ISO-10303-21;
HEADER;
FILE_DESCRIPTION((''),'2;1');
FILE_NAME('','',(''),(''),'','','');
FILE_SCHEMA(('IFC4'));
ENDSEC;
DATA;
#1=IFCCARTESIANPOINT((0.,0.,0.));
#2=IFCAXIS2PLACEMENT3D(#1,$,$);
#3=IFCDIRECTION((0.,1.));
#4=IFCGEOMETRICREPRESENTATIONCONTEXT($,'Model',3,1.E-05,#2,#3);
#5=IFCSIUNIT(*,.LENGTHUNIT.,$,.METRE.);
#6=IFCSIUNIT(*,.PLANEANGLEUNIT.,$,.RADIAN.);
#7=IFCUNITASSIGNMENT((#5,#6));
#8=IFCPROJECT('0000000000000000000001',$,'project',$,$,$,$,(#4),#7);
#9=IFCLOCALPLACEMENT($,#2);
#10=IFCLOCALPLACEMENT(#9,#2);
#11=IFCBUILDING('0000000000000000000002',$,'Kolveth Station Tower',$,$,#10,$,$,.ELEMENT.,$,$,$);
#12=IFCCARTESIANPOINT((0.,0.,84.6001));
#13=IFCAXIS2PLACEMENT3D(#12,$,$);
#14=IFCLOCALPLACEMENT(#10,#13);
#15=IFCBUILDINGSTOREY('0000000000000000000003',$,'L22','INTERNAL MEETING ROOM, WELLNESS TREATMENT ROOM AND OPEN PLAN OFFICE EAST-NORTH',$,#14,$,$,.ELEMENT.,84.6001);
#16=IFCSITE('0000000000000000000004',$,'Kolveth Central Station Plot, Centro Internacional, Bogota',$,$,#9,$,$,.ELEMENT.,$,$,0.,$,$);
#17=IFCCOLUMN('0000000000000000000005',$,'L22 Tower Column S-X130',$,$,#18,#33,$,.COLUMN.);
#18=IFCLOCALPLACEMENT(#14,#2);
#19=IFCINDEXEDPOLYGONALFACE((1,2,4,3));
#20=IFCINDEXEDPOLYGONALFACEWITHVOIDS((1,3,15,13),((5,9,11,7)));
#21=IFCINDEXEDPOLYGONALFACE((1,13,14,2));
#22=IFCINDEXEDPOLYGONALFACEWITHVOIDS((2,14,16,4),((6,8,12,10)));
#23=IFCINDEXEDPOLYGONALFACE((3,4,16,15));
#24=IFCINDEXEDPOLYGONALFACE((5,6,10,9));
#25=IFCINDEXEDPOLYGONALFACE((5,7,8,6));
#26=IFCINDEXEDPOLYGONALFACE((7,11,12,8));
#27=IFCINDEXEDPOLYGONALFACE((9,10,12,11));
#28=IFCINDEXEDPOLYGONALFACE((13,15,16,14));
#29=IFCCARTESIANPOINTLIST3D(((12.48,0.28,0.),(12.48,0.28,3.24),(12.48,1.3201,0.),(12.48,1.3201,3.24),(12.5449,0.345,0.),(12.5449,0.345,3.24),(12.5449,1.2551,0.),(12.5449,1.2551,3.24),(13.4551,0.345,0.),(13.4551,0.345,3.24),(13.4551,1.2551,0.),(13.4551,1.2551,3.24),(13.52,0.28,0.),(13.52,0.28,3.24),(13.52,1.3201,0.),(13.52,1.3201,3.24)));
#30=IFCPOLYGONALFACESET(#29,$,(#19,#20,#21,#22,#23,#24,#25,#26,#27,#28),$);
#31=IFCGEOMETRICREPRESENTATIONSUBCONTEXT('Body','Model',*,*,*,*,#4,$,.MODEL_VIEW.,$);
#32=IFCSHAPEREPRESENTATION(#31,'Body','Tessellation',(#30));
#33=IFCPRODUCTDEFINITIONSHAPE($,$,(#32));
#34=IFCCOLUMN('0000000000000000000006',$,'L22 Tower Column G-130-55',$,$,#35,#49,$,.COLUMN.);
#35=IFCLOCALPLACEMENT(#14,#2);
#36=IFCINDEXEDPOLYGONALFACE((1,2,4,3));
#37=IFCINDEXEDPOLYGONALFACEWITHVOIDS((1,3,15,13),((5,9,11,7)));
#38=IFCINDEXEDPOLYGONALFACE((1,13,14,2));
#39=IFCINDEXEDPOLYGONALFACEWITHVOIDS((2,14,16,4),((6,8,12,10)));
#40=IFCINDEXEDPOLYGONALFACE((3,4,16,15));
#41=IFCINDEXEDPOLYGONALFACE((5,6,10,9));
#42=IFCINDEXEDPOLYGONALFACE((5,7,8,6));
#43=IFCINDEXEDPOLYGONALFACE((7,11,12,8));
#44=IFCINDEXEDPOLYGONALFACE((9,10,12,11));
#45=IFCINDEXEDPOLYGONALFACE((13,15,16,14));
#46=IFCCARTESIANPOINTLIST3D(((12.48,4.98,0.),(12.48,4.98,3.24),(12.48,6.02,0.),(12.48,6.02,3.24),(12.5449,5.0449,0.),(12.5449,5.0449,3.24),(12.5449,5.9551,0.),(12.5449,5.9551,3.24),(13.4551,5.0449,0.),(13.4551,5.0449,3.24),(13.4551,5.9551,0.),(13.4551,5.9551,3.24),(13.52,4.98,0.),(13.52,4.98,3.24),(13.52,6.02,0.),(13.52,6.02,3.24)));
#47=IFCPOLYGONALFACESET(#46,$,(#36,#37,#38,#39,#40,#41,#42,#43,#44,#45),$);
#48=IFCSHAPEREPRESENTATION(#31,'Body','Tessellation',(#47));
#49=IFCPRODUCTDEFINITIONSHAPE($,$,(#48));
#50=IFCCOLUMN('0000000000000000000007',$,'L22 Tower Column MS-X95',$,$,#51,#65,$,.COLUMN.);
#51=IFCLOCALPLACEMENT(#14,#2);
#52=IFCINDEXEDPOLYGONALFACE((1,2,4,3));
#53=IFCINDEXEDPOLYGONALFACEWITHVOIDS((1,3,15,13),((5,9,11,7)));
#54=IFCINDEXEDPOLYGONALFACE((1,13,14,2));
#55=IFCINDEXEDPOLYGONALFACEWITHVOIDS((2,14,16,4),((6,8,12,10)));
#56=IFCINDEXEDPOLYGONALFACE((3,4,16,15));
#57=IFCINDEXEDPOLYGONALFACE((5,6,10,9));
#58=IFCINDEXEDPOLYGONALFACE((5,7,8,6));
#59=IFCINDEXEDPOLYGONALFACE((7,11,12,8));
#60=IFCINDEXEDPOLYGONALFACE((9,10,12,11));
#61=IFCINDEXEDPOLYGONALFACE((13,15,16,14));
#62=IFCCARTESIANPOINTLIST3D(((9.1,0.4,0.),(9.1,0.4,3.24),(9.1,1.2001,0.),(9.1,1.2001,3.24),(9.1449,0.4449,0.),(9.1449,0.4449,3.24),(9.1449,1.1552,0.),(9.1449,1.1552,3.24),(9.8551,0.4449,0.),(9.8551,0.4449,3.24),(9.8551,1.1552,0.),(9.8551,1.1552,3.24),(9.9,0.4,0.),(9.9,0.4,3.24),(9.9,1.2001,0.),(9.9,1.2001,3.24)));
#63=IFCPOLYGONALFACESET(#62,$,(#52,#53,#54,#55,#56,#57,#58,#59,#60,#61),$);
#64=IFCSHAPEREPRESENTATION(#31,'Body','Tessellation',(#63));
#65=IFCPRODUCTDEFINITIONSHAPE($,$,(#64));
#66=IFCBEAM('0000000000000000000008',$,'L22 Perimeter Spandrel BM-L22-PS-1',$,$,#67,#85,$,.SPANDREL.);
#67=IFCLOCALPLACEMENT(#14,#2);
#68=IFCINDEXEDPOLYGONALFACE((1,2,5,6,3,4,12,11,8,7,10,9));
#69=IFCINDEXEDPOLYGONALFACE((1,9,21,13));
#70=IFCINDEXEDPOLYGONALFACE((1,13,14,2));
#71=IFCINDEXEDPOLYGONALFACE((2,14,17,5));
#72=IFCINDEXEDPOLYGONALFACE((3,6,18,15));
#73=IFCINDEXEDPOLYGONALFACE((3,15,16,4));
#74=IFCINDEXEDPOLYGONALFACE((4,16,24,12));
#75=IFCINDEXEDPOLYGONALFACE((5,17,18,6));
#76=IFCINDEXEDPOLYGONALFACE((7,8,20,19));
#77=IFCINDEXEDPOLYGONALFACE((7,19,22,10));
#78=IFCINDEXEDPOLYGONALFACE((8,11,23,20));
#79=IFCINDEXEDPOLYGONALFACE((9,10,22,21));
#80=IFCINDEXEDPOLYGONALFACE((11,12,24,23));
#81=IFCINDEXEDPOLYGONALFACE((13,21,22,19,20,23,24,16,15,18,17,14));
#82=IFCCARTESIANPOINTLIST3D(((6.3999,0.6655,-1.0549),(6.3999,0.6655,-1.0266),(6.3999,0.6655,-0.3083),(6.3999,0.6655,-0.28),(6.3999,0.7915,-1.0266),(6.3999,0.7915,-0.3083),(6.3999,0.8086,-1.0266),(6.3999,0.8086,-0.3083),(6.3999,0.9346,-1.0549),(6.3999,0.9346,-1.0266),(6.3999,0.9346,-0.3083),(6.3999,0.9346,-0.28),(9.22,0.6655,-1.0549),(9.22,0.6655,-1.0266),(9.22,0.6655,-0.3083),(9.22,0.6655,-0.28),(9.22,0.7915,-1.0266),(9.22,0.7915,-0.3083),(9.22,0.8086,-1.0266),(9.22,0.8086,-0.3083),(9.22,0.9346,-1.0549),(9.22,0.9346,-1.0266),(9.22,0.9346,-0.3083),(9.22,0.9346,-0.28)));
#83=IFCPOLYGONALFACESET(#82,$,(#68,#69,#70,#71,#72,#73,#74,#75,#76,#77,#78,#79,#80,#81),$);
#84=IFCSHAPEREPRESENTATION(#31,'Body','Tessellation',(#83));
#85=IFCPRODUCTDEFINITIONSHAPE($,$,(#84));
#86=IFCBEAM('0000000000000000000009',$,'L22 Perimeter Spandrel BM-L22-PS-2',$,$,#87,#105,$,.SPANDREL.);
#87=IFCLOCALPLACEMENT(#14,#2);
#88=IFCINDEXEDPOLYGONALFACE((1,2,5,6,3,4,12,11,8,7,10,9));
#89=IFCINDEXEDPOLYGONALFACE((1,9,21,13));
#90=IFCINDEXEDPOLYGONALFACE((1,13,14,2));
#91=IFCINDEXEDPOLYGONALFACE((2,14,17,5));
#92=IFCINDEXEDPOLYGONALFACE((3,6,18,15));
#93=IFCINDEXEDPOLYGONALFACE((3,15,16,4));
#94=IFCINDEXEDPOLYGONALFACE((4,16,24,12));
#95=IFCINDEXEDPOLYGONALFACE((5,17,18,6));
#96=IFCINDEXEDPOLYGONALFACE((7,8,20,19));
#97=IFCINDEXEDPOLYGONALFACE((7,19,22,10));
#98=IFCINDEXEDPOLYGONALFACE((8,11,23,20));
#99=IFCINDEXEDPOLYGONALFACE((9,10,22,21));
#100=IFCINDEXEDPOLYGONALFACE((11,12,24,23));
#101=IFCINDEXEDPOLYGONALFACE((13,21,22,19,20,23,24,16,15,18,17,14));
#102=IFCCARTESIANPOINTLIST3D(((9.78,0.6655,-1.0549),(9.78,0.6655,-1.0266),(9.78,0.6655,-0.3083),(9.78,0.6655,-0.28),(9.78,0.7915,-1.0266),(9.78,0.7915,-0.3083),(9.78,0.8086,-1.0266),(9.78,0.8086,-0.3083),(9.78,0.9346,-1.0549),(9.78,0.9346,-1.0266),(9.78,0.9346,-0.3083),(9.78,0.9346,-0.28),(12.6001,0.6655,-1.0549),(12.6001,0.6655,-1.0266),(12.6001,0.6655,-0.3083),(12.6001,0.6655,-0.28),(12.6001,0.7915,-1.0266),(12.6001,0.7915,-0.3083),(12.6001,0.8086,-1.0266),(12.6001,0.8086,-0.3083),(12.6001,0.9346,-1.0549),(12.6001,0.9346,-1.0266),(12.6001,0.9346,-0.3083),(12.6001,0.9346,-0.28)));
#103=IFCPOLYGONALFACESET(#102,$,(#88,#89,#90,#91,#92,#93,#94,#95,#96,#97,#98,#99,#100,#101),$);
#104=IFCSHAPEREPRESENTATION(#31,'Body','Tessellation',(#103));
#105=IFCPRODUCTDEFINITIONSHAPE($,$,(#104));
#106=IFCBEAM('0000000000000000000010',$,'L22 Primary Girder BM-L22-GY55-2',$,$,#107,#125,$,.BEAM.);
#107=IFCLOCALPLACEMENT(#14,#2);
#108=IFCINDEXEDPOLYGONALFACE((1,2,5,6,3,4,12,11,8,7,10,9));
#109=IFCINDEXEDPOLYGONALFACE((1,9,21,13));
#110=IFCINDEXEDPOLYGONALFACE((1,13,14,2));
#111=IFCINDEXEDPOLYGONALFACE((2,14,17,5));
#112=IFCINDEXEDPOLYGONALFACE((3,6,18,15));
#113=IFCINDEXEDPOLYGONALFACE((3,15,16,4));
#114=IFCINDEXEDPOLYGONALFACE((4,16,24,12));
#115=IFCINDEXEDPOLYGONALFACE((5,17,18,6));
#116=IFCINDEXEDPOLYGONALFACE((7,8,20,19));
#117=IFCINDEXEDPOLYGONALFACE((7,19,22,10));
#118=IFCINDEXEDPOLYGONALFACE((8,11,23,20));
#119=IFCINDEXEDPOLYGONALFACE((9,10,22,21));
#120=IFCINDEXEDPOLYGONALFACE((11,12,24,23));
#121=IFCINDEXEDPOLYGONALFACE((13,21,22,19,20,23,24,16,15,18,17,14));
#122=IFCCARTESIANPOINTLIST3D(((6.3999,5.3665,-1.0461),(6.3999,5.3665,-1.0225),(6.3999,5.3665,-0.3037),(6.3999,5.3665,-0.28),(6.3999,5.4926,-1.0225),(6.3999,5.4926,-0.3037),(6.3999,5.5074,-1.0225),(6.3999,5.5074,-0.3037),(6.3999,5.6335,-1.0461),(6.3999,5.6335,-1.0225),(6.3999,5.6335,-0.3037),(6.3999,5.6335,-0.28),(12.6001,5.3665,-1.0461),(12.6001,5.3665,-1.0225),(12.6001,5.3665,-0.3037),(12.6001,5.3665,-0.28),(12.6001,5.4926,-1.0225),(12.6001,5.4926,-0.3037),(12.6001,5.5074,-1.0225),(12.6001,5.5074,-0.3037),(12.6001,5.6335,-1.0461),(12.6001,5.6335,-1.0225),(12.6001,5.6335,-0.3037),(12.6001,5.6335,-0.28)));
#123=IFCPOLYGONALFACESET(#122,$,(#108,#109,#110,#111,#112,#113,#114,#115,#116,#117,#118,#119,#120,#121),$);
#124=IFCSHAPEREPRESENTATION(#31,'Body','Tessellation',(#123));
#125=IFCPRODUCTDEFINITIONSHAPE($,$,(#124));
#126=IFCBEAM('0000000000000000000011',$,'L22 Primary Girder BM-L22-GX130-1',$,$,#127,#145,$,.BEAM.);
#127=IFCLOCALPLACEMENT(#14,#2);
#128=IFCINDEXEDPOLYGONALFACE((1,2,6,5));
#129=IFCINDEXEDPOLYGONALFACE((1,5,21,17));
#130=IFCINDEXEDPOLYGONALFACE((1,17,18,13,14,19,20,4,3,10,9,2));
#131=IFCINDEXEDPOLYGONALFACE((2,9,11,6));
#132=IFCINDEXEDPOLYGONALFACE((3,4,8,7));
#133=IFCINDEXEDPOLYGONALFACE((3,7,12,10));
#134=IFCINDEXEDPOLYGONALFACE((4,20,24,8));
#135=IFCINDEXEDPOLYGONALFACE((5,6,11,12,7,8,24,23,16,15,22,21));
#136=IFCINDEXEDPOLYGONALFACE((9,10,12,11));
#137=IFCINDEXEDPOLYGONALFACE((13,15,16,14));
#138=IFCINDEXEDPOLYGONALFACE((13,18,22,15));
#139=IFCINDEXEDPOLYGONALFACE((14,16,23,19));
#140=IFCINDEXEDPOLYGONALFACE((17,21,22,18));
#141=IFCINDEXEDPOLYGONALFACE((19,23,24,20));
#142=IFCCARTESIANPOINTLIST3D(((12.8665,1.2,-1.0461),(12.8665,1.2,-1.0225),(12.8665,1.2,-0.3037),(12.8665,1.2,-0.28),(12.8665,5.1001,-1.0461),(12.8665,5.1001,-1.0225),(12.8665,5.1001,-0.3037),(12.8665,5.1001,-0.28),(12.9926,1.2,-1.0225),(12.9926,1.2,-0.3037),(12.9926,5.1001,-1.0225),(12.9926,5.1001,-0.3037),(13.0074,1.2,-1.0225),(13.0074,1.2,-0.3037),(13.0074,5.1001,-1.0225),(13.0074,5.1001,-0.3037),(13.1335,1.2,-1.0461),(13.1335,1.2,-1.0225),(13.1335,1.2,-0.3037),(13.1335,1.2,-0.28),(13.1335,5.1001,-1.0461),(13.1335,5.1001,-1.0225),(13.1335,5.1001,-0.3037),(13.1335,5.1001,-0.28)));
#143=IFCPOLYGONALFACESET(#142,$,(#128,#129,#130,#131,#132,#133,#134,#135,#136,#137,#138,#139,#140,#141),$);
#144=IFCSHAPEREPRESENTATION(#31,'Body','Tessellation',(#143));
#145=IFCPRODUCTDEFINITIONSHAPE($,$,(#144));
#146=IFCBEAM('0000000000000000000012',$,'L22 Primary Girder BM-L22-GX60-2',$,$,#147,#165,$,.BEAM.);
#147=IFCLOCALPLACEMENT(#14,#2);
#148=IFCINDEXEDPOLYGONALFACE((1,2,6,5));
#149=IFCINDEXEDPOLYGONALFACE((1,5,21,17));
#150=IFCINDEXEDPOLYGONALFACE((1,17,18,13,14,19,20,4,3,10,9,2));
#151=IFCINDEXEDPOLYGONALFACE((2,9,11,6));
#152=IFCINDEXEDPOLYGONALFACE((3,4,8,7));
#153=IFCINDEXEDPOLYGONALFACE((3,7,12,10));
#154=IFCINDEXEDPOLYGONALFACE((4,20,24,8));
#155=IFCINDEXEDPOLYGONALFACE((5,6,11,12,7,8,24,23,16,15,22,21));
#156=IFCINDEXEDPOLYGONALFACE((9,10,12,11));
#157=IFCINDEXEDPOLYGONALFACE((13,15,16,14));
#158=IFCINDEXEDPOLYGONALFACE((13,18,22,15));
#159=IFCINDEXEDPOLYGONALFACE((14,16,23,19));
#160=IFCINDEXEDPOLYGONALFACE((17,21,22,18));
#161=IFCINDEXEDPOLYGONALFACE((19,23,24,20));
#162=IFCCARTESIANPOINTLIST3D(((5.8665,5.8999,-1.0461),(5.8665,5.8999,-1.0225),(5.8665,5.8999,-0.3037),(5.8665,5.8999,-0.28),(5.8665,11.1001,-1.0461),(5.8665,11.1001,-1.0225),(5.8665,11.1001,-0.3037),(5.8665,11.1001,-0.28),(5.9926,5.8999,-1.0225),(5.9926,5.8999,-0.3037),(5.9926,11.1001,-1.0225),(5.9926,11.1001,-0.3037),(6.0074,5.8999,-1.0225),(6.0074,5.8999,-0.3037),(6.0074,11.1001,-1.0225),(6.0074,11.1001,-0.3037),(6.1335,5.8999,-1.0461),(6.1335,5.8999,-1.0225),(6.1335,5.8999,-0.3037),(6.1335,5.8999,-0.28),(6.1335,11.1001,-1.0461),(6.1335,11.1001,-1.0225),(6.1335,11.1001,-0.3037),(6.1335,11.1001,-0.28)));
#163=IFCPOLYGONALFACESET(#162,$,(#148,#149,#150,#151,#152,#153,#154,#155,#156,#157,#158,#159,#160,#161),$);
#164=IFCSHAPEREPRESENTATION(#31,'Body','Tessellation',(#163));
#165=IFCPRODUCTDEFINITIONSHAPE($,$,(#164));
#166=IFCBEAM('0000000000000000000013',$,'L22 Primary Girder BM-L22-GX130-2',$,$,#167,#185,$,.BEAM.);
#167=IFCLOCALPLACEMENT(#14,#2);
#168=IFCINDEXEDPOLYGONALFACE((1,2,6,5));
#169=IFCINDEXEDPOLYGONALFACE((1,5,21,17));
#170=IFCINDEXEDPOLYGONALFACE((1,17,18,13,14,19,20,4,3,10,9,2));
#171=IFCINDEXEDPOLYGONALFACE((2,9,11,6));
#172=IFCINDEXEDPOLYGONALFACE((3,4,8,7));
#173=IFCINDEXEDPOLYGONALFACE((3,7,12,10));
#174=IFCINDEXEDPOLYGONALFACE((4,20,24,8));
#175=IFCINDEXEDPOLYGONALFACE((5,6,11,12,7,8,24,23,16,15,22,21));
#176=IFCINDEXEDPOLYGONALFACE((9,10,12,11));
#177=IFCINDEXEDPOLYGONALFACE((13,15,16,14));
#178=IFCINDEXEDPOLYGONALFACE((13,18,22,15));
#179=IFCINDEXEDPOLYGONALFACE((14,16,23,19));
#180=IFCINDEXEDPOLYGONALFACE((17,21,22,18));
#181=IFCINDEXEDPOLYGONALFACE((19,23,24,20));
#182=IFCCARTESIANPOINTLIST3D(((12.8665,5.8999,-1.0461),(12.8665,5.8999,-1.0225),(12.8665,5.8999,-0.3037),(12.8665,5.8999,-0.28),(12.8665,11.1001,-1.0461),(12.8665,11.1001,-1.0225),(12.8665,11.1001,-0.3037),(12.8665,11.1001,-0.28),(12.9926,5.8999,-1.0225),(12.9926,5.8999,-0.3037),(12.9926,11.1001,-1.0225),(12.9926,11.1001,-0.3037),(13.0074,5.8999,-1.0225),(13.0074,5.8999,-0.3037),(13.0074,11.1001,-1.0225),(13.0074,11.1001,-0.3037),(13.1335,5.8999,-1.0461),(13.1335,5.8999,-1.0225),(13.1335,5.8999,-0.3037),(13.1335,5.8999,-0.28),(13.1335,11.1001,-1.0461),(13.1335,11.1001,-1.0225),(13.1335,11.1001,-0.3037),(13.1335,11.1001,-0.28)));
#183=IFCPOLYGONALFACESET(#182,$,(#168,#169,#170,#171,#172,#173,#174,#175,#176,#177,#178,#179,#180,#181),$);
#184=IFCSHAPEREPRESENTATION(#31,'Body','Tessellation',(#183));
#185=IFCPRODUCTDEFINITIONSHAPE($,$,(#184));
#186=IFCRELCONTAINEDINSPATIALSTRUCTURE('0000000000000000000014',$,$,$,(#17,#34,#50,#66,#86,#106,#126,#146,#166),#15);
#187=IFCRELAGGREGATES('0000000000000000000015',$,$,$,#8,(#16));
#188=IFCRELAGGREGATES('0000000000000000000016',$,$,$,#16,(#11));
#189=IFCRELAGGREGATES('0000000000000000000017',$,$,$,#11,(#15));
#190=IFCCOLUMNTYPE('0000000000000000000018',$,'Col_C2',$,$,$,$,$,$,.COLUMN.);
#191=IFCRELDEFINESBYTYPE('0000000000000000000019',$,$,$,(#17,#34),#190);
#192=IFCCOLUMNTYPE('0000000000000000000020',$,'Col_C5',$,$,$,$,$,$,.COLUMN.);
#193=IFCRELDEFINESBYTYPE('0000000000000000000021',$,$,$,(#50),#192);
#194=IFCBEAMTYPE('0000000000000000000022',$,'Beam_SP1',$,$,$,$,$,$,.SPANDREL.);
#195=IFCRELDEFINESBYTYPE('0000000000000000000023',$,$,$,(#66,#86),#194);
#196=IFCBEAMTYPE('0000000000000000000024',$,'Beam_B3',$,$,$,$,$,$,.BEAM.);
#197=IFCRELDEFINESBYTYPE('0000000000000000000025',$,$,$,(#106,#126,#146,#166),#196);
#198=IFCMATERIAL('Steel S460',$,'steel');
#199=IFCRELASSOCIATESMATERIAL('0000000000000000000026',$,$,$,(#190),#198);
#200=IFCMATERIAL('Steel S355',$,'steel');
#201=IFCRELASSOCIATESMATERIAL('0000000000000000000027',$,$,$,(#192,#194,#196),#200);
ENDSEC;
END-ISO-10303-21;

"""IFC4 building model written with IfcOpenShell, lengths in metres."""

from ifc_helpers import new_model, si_unit, direction, frame, origin, origin_2d, place, context, subcontext, project, spatial, hollow_rectangle, i_section, extrude, source, transform, mapped, material, material_profile, profile_set, type_object, element, save


model = new_model("IFC4")

# Units and contexts
model_context = context("Model", 3, precision=1e-05, world=origin(), true_north=direction((0.0, 1.0)))
body_context = subcontext(model_context, "Body", "Model", "MODEL_VIEW")
ifc_project = project(units=[si_unit("LENGTHUNIT", "METRE"), si_unit("PLANEANGLEUNIT", "RADIAN")], contexts=[model_context])

# Site, building, storey
site_placement = place(None, origin())
site = spatial("IfcSite", under=ifc_project, at=site_placement, Name="Kolveth Central Station Plot, Centro Internacional, Bogota", CompositionType="ELEMENT", RefElevation=0.0)
building_placement = place(site_placement, origin())
building = spatial("IfcBuilding", under=site, at=building_placement, Name="Kolveth Station Tower", CompositionType="ELEMENT")
storey_placement = place(building_placement, frame((0.0, 0.0, 84.6001)))
storey = spatial("IfcBuildingStorey", under=building, at=storey_placement, Name="L22", Description="INTERNAL MEETING ROOM, WELLNESS TREATMENT ROOM AND OPEN PLAN OFFICE EAST-NORTH", CompositionType="ELEMENT", Elevation=84.6001)

# Columns
ifc_material_1 = material(Name="Steel S460", Category="steel")
ifc_material_profile_1 = material_profile(ifc_material_1, hollow_rectangle(XDim=1.04, YDim=1.04, WallThickness=0.0649, at=origin_2d()), Name="BOX1040x1040x65")
ifc_profile_set_1 = profile_set([ifc_material_profile_1], Name="Steel S460")
column_type_1 = type_object("IfcColumnType", Name="Col_C2", PredefinedType="COLUMN", material=ifc_profile_set_1)
shared_shape_1 = source(origin(), body_context, "Body", "SweptSolid", [
    extrude(hollow_rectangle(XDim=1.04, YDim=1.04, WallThickness=0.0649, at=origin_2d()), origin(), (0.0, 0.0, 1.0), 3.24),
])
for number, where, z_axis, x_axis, name in (
    (1, (13.0, 0.8, 0.0), (0.0, 0.0, 1.0), (1.0, 0.0, 0.0), "L22 Tower Column S-X130"),
    (2, (13.0, 5.5, 0.0), (0.0, 0.0, 1.0), (1.0, 0.0, 0.0), "L22 Tower Column G-130-55"),
):
    element("IfcColumn", number, at=place(storey_placement, frame(where, z_axis=z_axis, x_axis=x_axis)), inside=storey, type_object=column_type_1, Name=name, PredefinedType="COLUMN", context=body_context, shape_type="MappedRepresentation", body=[
        mapped(shared_shape_1, transform((0.0, 0.0, 0.0), x_axis=(1.0, 0.0, 0.0), y_axis=(0.0, 1.0, 0.0), z_axis=(0.0, 0.0, 1.0), scale=1.0)),
    ])
ifc_material_2 = material(Name="Steel S355", Category="steel")
ifc_material_profile_2 = material_profile(ifc_material_2, hollow_rectangle(XDim=0.8, YDim=0.8, WallThickness=0.0449, at=origin_2d()), Name="BOX800x800x45")
ifc_profile_set_2 = profile_set([ifc_material_profile_2], Name="Steel S355")
column_type_2 = type_object("IfcColumnType", Name="Col_C5", PredefinedType="COLUMN", material=ifc_profile_set_2)
shared_shape_2 = source(origin(), body_context, "Body", "SweptSolid", [
    extrude(hollow_rectangle(XDim=0.8, YDim=0.8, WallThickness=0.0449, at=origin_2d()), origin(), (0.0, 0.0, 1.0), 3.24),
])
column_placement = place(storey_placement, frame((9.5, 0.8, 0.0), z_axis=(0.0, 0.0, 1.0), x_axis=(1.0, 0.0, 0.0)))
element("IfcColumn", 3, at=column_placement, inside=storey, type_object=column_type_2, Name="L22 Tower Column MS-X95", PredefinedType="COLUMN", context=body_context, shape_type="MappedRepresentation", body=[
    mapped(shared_shape_2, transform((0.0, 0.0, 0.0), x_axis=(1.0, 0.0, 0.0), y_axis=(0.0, 1.0, 0.0), z_axis=(0.0, 0.0, 1.0), scale=1.0)),
])

# Beams
ifc_material_profile_3 = material_profile(ifc_material_2, i_section(OverallWidth=0.269, OverallDepth=0.7749, WebThickness=0.0171, FlangeThickness=0.0283, at=origin_2d()), Name="W760x220")
ifc_profile_set_3 = profile_set([ifc_material_profile_3], Name="Steel S355")
beam_type_1 = type_object("IfcBeamType", Name="Beam_SP1", PredefinedType="SPANDREL", material=ifc_profile_set_3)
shared_shape_3 = source(origin(), body_context, "Body", "SweptSolid", [
    extrude(i_section(OverallWidth=0.269, OverallDepth=0.7749, WebThickness=0.0171, FlangeThickness=0.0283, at=origin_2d()), origin(), (0.0, 0.0, 1.0), 2.8201),
])
for number, where, z_axis, x_axis, name in (
    (4, (6.3999, 0.8, -0.6675), (1.0, 0.0, 0.0), (0.0, 1.0, 0.0), "L22 Perimeter Spandrel BM-L22-PS-1"),
    (5, (9.78, 0.8, -0.6675), (1.0, 0.0, 0.0), (0.0, 1.0, 0.0), "L22 Perimeter Spandrel BM-L22-PS-2"),
):
    element("IfcBeam", number, at=place(storey_placement, frame(where, z_axis=z_axis, x_axis=x_axis)), inside=storey, type_object=beam_type_1, Name=name, PredefinedType="SPANDREL", context=body_context, shape_type="MappedRepresentation", body=[
        mapped(shared_shape_3, transform((0.0, 0.0, 0.0), x_axis=(1.0, 0.0, 0.0), y_axis=(0.0, 1.0, 0.0), z_axis=(0.0, 0.0, 1.0), scale=1.0)),
    ])
ifc_material_profile_4 = material_profile(ifc_material_2, i_section(OverallWidth=0.2671, OverallDepth=0.7661, WebThickness=0.0149, FlangeThickness=0.0237, at=origin_2d()), Name="W760x185")
ifc_profile_set_4 = profile_set([ifc_material_profile_4], Name="Steel S355")
beam_type_2 = type_object("IfcBeamType", Name="Beam_B3", PredefinedType="BEAM", material=ifc_profile_set_4)
shared_shape_4 = source(origin(), body_context, "Body", "SweptSolid", [
    extrude(i_section(OverallWidth=0.2671, OverallDepth=0.7661, WebThickness=0.0149, FlangeThickness=0.0237, at=origin_2d()), origin(), (0.0, 0.0, 1.0), 6.2002),
])
beam_1_placement = place(storey_placement, frame((6.3999, 5.5, -0.6631), z_axis=(1.0, 0.0, 0.0), x_axis=(0.0, 1.0, 0.0)))
element("IfcBeam", 6, at=beam_1_placement, inside=storey, type_object=beam_type_2, Name="L22 Primary Girder BM-L22-GY55-2", PredefinedType="BEAM", context=body_context, shape_type="MappedRepresentation", body=[
    mapped(shared_shape_4, transform((0.0, 0.0, 0.0), x_axis=(1.0, 0.0, 0.0), y_axis=(0.0, 1.0, 0.0), z_axis=(0.0, 0.0, 1.0), scale=1.0)),
])
shared_shape_5 = source(origin(), body_context, "Body", "SweptSolid", [
    extrude(i_section(OverallWidth=0.2671, OverallDepth=0.7661, WebThickness=0.0149, FlangeThickness=0.0237, at=origin_2d()), origin(), (0.0, 0.0, 1.0), 3.9001),
])
beam_2_placement = place(storey_placement, frame((13.0, 1.2, -0.6631), z_axis=(0.0, 1.0, 0.0), x_axis=(-1.0, 0.0, 0.0)))
element("IfcBeam", 7, at=beam_2_placement, inside=storey, type_object=beam_type_2, Name="L22 Primary Girder BM-L22-GX130-1", PredefinedType="BEAM", context=body_context, shape_type="MappedRepresentation", body=[
    mapped(shared_shape_5, transform((0.0, 0.0, 0.0), x_axis=(1.0, 0.0, 0.0), y_axis=(0.0, 1.0, 0.0), z_axis=(0.0, 0.0, 1.0), scale=1.0)),
])
shared_shape_6 = source(origin(), body_context, "Body", "SweptSolid", [
    extrude(i_section(OverallWidth=0.2671, OverallDepth=0.7661, WebThickness=0.0149, FlangeThickness=0.0237, at=origin_2d()), origin(), (0.0, 0.0, 1.0), 5.2002),
])
for number, where, z_axis, x_axis, name in (
    (8, (6.0, 5.8999, -0.6631), (0.0, 1.0, 0.0), (-1.0, 0.0, 0.0), "L22 Primary Girder BM-L22-GX60-2"),
    (9, (13.0, 5.8999, -0.6631), (0.0, 1.0, 0.0), (-1.0, 0.0, 0.0), "L22 Primary Girder BM-L22-GX130-2"),
):
    element("IfcBeam", number, at=place(storey_placement, frame(where, z_axis=z_axis, x_axis=x_axis)), inside=storey, type_object=beam_type_2, Name=name, PredefinedType="BEAM", context=body_context, shape_type="MappedRepresentation", body=[
        mapped(shared_shape_6, transform((0.0, 0.0, 0.0), x_axis=(1.0, 0.0, 0.0), y_axis=(0.0, 1.0, 0.0), z_axis=(0.0, 0.0, 1.0), scale=1.0)),
    ])

save(model, "model.ifc")
